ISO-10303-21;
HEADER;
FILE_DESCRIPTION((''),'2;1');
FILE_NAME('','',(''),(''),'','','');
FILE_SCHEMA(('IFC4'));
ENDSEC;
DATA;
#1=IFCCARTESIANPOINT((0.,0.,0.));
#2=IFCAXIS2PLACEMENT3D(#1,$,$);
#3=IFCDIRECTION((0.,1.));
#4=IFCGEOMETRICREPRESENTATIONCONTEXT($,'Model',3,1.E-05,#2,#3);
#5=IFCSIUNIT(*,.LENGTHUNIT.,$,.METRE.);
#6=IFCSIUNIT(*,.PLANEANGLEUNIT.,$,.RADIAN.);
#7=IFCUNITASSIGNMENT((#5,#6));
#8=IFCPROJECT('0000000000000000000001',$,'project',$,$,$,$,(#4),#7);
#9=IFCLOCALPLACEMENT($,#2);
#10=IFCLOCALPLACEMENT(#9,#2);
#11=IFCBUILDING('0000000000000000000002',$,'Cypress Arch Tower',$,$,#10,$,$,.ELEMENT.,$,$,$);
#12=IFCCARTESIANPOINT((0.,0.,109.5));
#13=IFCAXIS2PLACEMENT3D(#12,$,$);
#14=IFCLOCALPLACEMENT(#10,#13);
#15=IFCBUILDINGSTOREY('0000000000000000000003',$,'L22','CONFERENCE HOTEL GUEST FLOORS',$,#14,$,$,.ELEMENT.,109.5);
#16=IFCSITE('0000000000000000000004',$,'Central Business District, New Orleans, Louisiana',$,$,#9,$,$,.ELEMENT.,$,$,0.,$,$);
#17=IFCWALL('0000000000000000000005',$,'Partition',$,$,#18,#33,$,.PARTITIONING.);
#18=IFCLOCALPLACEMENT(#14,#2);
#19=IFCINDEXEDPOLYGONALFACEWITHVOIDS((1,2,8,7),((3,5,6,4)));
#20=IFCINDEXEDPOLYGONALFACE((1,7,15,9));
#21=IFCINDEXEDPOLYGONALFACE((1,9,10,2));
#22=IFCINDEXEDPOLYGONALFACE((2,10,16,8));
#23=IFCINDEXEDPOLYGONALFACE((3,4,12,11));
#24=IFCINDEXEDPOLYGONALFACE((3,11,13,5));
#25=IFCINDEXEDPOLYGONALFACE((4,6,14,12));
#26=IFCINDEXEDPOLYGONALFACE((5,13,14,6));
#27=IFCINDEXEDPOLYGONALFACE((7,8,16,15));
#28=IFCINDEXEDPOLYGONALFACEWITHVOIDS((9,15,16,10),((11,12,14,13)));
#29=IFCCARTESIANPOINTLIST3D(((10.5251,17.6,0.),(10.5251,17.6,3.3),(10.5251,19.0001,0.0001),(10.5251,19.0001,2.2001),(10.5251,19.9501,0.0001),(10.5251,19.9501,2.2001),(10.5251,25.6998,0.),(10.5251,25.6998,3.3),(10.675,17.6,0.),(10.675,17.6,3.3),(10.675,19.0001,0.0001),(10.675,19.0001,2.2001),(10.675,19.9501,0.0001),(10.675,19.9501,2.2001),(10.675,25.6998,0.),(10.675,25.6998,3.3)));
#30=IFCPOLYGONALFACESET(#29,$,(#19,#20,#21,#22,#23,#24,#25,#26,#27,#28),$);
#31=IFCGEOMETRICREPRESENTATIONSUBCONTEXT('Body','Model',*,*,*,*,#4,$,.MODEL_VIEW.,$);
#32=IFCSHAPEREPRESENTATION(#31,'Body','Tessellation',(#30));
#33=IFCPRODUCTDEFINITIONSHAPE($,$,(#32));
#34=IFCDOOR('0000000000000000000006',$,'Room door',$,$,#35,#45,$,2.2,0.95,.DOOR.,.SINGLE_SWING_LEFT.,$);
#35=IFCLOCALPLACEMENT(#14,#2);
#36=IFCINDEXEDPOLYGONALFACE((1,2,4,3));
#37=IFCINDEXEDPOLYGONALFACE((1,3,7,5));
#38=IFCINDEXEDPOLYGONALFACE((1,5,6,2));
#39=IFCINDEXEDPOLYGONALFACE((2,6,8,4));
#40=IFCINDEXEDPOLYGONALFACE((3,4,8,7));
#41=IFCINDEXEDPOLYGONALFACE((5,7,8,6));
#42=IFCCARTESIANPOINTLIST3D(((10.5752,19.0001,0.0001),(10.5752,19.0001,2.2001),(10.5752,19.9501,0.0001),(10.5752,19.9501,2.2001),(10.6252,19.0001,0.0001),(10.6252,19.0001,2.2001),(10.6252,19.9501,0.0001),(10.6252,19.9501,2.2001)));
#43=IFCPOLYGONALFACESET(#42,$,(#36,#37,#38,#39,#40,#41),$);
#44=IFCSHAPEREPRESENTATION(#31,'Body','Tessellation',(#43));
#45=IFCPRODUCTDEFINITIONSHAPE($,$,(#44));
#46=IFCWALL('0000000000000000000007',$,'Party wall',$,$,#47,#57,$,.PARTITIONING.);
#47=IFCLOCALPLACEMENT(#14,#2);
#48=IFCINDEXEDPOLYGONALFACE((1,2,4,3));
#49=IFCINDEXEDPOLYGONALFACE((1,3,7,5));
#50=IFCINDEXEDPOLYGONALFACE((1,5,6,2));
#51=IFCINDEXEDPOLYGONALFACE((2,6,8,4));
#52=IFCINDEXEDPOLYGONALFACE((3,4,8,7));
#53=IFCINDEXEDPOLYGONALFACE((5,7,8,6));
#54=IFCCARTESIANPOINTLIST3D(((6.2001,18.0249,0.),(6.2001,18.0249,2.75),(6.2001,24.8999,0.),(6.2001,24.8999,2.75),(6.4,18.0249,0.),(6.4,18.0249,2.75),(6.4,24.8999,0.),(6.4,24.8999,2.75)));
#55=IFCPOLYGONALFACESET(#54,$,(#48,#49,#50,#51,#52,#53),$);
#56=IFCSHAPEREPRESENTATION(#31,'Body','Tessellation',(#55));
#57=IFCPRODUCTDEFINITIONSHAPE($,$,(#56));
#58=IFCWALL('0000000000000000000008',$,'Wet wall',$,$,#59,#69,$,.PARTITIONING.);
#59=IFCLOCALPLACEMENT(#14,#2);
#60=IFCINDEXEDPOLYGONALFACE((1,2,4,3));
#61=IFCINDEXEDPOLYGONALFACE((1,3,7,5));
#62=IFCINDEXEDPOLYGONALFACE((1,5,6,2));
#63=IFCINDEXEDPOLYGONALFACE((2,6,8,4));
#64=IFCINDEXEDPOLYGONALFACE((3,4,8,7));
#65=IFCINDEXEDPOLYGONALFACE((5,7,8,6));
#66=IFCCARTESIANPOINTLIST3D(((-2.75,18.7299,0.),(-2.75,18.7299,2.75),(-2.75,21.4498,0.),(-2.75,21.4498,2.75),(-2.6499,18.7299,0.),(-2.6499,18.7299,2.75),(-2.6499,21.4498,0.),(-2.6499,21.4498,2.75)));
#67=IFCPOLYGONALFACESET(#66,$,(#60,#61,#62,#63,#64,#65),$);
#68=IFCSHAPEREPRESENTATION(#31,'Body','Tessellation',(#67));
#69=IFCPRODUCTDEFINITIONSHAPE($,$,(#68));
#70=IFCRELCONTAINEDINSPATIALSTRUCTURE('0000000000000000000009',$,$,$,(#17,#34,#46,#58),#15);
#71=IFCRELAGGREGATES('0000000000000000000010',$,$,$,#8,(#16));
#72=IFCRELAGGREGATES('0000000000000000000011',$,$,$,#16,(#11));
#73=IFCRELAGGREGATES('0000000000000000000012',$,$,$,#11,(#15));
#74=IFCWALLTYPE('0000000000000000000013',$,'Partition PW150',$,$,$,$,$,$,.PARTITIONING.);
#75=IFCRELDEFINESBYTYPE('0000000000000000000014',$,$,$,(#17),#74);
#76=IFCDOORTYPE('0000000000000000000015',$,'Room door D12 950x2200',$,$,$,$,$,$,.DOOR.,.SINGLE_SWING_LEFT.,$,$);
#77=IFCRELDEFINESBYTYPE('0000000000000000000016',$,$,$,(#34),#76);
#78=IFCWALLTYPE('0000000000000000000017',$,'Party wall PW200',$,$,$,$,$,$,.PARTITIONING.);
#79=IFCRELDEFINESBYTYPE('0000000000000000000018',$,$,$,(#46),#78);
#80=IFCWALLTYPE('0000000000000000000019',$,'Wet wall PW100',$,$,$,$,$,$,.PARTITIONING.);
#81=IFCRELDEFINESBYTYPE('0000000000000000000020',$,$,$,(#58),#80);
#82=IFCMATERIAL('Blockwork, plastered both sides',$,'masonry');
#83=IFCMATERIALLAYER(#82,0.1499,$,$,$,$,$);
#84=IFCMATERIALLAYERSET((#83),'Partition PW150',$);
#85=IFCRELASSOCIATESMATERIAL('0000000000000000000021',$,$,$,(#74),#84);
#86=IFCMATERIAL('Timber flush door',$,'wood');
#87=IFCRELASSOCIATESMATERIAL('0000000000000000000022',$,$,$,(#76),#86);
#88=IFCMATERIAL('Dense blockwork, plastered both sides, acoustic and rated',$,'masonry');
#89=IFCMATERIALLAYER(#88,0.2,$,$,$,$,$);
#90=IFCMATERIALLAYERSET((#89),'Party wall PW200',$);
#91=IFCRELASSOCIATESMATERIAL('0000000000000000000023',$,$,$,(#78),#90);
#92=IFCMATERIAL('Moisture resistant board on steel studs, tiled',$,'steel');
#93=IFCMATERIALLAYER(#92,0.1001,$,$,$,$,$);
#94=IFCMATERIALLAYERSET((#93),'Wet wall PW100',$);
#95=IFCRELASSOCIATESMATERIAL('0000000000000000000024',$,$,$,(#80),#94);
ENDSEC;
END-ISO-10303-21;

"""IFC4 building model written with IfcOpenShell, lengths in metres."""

from ifc_helpers import new_model, si_unit, direction, frame, frame_2d, origin, place, context, subcontext, project, spatial, rectangle, extrude, material, layer, layer_set, type_object, element, fill, save


model = new_model("IFC4")

# Units and contexts
model_context = context("Model", 3, precision=1e-05, world=origin(), true_north=direction((0.0, 1.0)))
body_context = subcontext(model_context, "Body", "Model", "MODEL_VIEW")
ifc_project = project(units=[si_unit("LENGTHUNIT", "METRE"), si_unit("PLANEANGLEUNIT", "RADIAN")], contexts=[model_context])

# Site, building, storey
site_placement = place(None, origin())
site = spatial("IfcSite", under=ifc_project, at=site_placement, Name="Central Business District, New Orleans, Louisiana", CompositionType="ELEMENT", RefElevation=0.0)
building_placement = place(site_placement, origin())
building = spatial("IfcBuilding", under=site, at=building_placement, Name="Cypress Arch Tower", CompositionType="ELEMENT")
storey_placement = place(building_placement, frame((0.0, 0.0, 109.5)))
storey = spatial("IfcBuildingStorey", under=building, at=storey_placement, Name="L22", Description="CONFERENCE HOTEL GUEST FLOORS", CompositionType="ELEMENT", Elevation=109.5)

# Shared definitions
ifc_material_1 = material(Name="Blockwork, plastered both sides", Category="masonry")
ifc_layer_1 = layer(ifc_material_1, 0.1499)
ifc_layer_set_1 = layer_set([ifc_layer_1], Name="Partition PW150")
wall_type_1 = type_object("IfcWallType", Name="Partition PW150", PredefinedType="PARTITIONING", material=ifc_layer_set_1)
ifc_material_2 = material(Name="Timber flush door", Category="wood")
door_type_1 = type_object("IfcDoorType", Name="Room door D12 950x2200", OperationType="SINGLE_SWING_LEFT", PredefinedType="DOOR", material=ifc_material_2)

# Wall, opening, door
wall_1_placement = place(storey_placement, frame((10.6001, 17.6001, 0.0), z_axis=(0.0, 0.0, 1.0), x_axis=(0.0, 1.0, 0.0)))
wall_1 = element("IfcWall", 1, at=wall_1_placement, inside=storey, type_object=wall_type_1, Name="Partition", PredefinedType="PARTITIONING", context=body_context, shape_type="SweptSolid", body=[
    extrude(rectangle(XDim=8.0999, YDim=0.1499, at=frame_2d((4.0498, 0.0))), origin(), (0.0, 0.0, 1.0), 3.3),
])
opening_1_placement = place(wall_1_placement, frame((1.3999, 0.0, 0.0)))
opening_1 = element("IfcOpeningElement", 2, at=opening_1_placement, cuts=wall_1, PredefinedType="OPENING", context=body_context, shape_type="SweptSolid", body=[
    extrude(rectangle(XDim=0.95, YDim=2.2, at=frame_2d((0.4751, 1.1001))), frame((0.0, 0.085, 0.0), z_axis=(0.0, -1.0, 0.0), x_axis=(1.0, 0.0, 0.0)), (0.0, 0.0, 1.0), 0.1699),
])
door_1_placement = place(opening_1_placement, origin())
door_1 = element("IfcDoor", 3, at=door_1_placement, inside=storey, type_object=door_type_1, Name="Room door", OperationType="SINGLE_SWING_LEFT", OverallHeight=2.2, OverallWidth=0.95, PredefinedType="DOOR", context=body_context, shape_type="SweptSolid", body=[
    extrude(rectangle(XDim=0.95, YDim=2.2, at=frame_2d((0.4751, 1.1001))), frame((0.0, 0.0249, 0.0), z_axis=(0.0, -1.0, 0.0), x_axis=(1.0, 0.0, 0.0)), (0.0, 0.0, 1.0), 0.05),
])
fill(opening_1, door_1)

# Walls
ifc_material_3 = material(Name="Dense blockwork, plastered both sides, acoustic and rated", Category="masonry")
ifc_layer_2 = layer(ifc_material_3, 0.2)
ifc_layer_set_2 = layer_set([ifc_layer_2], Name="Party wall PW200")
wall_type_2 = type_object("IfcWallType", Name="Party wall PW200", PredefinedType="PARTITIONING", material=ifc_layer_set_2)
wall_2_placement = place(storey_placement, frame((6.3, 18.0249, 0.0), z_axis=(0.0, 0.0, 1.0), x_axis=(0.0, 1.0, 0.0)))
element("IfcWall", 4, at=wall_2_placement, inside=storey, type_object=wall_type_2, Name="Party wall", PredefinedType="PARTITIONING", context=body_context, shape_type="SweptSolid", body=[
    extrude(rectangle(XDim=6.875, YDim=0.2, at=frame_2d((3.4375, 0.0))), origin(), (0.0, 0.0, 1.0), 2.75),
])
ifc_material_4 = material(Name="Moisture resistant board on steel studs, tiled", Category="steel")
ifc_layer_3 = layer(ifc_material_4, 0.1001)
ifc_layer_set_3 = layer_set([ifc_layer_3], Name="Wet wall PW100")
wall_type_3 = type_object("IfcWallType", Name="Wet wall PW100", PredefinedType="PARTITIONING", material=ifc_layer_set_3)
wall_3_placement = place(storey_placement, frame((-2.7, 18.73, 0.0), z_axis=(0.0, 0.0, 1.0), x_axis=(0.0, 1.0, 0.0)))
element("IfcWall", 5, at=wall_3_placement, inside=storey, type_object=wall_type_3, Name="Wet wall", PredefinedType="PARTITIONING", context=body_context, shape_type="SweptSolid", body=[
    extrude(rectangle(XDim=2.72, YDim=0.1001, at=frame_2d((1.3599, 0.0))), origin(), (0.0, 0.0, 1.0), 2.75),
])

save(model, "model.ifc")
